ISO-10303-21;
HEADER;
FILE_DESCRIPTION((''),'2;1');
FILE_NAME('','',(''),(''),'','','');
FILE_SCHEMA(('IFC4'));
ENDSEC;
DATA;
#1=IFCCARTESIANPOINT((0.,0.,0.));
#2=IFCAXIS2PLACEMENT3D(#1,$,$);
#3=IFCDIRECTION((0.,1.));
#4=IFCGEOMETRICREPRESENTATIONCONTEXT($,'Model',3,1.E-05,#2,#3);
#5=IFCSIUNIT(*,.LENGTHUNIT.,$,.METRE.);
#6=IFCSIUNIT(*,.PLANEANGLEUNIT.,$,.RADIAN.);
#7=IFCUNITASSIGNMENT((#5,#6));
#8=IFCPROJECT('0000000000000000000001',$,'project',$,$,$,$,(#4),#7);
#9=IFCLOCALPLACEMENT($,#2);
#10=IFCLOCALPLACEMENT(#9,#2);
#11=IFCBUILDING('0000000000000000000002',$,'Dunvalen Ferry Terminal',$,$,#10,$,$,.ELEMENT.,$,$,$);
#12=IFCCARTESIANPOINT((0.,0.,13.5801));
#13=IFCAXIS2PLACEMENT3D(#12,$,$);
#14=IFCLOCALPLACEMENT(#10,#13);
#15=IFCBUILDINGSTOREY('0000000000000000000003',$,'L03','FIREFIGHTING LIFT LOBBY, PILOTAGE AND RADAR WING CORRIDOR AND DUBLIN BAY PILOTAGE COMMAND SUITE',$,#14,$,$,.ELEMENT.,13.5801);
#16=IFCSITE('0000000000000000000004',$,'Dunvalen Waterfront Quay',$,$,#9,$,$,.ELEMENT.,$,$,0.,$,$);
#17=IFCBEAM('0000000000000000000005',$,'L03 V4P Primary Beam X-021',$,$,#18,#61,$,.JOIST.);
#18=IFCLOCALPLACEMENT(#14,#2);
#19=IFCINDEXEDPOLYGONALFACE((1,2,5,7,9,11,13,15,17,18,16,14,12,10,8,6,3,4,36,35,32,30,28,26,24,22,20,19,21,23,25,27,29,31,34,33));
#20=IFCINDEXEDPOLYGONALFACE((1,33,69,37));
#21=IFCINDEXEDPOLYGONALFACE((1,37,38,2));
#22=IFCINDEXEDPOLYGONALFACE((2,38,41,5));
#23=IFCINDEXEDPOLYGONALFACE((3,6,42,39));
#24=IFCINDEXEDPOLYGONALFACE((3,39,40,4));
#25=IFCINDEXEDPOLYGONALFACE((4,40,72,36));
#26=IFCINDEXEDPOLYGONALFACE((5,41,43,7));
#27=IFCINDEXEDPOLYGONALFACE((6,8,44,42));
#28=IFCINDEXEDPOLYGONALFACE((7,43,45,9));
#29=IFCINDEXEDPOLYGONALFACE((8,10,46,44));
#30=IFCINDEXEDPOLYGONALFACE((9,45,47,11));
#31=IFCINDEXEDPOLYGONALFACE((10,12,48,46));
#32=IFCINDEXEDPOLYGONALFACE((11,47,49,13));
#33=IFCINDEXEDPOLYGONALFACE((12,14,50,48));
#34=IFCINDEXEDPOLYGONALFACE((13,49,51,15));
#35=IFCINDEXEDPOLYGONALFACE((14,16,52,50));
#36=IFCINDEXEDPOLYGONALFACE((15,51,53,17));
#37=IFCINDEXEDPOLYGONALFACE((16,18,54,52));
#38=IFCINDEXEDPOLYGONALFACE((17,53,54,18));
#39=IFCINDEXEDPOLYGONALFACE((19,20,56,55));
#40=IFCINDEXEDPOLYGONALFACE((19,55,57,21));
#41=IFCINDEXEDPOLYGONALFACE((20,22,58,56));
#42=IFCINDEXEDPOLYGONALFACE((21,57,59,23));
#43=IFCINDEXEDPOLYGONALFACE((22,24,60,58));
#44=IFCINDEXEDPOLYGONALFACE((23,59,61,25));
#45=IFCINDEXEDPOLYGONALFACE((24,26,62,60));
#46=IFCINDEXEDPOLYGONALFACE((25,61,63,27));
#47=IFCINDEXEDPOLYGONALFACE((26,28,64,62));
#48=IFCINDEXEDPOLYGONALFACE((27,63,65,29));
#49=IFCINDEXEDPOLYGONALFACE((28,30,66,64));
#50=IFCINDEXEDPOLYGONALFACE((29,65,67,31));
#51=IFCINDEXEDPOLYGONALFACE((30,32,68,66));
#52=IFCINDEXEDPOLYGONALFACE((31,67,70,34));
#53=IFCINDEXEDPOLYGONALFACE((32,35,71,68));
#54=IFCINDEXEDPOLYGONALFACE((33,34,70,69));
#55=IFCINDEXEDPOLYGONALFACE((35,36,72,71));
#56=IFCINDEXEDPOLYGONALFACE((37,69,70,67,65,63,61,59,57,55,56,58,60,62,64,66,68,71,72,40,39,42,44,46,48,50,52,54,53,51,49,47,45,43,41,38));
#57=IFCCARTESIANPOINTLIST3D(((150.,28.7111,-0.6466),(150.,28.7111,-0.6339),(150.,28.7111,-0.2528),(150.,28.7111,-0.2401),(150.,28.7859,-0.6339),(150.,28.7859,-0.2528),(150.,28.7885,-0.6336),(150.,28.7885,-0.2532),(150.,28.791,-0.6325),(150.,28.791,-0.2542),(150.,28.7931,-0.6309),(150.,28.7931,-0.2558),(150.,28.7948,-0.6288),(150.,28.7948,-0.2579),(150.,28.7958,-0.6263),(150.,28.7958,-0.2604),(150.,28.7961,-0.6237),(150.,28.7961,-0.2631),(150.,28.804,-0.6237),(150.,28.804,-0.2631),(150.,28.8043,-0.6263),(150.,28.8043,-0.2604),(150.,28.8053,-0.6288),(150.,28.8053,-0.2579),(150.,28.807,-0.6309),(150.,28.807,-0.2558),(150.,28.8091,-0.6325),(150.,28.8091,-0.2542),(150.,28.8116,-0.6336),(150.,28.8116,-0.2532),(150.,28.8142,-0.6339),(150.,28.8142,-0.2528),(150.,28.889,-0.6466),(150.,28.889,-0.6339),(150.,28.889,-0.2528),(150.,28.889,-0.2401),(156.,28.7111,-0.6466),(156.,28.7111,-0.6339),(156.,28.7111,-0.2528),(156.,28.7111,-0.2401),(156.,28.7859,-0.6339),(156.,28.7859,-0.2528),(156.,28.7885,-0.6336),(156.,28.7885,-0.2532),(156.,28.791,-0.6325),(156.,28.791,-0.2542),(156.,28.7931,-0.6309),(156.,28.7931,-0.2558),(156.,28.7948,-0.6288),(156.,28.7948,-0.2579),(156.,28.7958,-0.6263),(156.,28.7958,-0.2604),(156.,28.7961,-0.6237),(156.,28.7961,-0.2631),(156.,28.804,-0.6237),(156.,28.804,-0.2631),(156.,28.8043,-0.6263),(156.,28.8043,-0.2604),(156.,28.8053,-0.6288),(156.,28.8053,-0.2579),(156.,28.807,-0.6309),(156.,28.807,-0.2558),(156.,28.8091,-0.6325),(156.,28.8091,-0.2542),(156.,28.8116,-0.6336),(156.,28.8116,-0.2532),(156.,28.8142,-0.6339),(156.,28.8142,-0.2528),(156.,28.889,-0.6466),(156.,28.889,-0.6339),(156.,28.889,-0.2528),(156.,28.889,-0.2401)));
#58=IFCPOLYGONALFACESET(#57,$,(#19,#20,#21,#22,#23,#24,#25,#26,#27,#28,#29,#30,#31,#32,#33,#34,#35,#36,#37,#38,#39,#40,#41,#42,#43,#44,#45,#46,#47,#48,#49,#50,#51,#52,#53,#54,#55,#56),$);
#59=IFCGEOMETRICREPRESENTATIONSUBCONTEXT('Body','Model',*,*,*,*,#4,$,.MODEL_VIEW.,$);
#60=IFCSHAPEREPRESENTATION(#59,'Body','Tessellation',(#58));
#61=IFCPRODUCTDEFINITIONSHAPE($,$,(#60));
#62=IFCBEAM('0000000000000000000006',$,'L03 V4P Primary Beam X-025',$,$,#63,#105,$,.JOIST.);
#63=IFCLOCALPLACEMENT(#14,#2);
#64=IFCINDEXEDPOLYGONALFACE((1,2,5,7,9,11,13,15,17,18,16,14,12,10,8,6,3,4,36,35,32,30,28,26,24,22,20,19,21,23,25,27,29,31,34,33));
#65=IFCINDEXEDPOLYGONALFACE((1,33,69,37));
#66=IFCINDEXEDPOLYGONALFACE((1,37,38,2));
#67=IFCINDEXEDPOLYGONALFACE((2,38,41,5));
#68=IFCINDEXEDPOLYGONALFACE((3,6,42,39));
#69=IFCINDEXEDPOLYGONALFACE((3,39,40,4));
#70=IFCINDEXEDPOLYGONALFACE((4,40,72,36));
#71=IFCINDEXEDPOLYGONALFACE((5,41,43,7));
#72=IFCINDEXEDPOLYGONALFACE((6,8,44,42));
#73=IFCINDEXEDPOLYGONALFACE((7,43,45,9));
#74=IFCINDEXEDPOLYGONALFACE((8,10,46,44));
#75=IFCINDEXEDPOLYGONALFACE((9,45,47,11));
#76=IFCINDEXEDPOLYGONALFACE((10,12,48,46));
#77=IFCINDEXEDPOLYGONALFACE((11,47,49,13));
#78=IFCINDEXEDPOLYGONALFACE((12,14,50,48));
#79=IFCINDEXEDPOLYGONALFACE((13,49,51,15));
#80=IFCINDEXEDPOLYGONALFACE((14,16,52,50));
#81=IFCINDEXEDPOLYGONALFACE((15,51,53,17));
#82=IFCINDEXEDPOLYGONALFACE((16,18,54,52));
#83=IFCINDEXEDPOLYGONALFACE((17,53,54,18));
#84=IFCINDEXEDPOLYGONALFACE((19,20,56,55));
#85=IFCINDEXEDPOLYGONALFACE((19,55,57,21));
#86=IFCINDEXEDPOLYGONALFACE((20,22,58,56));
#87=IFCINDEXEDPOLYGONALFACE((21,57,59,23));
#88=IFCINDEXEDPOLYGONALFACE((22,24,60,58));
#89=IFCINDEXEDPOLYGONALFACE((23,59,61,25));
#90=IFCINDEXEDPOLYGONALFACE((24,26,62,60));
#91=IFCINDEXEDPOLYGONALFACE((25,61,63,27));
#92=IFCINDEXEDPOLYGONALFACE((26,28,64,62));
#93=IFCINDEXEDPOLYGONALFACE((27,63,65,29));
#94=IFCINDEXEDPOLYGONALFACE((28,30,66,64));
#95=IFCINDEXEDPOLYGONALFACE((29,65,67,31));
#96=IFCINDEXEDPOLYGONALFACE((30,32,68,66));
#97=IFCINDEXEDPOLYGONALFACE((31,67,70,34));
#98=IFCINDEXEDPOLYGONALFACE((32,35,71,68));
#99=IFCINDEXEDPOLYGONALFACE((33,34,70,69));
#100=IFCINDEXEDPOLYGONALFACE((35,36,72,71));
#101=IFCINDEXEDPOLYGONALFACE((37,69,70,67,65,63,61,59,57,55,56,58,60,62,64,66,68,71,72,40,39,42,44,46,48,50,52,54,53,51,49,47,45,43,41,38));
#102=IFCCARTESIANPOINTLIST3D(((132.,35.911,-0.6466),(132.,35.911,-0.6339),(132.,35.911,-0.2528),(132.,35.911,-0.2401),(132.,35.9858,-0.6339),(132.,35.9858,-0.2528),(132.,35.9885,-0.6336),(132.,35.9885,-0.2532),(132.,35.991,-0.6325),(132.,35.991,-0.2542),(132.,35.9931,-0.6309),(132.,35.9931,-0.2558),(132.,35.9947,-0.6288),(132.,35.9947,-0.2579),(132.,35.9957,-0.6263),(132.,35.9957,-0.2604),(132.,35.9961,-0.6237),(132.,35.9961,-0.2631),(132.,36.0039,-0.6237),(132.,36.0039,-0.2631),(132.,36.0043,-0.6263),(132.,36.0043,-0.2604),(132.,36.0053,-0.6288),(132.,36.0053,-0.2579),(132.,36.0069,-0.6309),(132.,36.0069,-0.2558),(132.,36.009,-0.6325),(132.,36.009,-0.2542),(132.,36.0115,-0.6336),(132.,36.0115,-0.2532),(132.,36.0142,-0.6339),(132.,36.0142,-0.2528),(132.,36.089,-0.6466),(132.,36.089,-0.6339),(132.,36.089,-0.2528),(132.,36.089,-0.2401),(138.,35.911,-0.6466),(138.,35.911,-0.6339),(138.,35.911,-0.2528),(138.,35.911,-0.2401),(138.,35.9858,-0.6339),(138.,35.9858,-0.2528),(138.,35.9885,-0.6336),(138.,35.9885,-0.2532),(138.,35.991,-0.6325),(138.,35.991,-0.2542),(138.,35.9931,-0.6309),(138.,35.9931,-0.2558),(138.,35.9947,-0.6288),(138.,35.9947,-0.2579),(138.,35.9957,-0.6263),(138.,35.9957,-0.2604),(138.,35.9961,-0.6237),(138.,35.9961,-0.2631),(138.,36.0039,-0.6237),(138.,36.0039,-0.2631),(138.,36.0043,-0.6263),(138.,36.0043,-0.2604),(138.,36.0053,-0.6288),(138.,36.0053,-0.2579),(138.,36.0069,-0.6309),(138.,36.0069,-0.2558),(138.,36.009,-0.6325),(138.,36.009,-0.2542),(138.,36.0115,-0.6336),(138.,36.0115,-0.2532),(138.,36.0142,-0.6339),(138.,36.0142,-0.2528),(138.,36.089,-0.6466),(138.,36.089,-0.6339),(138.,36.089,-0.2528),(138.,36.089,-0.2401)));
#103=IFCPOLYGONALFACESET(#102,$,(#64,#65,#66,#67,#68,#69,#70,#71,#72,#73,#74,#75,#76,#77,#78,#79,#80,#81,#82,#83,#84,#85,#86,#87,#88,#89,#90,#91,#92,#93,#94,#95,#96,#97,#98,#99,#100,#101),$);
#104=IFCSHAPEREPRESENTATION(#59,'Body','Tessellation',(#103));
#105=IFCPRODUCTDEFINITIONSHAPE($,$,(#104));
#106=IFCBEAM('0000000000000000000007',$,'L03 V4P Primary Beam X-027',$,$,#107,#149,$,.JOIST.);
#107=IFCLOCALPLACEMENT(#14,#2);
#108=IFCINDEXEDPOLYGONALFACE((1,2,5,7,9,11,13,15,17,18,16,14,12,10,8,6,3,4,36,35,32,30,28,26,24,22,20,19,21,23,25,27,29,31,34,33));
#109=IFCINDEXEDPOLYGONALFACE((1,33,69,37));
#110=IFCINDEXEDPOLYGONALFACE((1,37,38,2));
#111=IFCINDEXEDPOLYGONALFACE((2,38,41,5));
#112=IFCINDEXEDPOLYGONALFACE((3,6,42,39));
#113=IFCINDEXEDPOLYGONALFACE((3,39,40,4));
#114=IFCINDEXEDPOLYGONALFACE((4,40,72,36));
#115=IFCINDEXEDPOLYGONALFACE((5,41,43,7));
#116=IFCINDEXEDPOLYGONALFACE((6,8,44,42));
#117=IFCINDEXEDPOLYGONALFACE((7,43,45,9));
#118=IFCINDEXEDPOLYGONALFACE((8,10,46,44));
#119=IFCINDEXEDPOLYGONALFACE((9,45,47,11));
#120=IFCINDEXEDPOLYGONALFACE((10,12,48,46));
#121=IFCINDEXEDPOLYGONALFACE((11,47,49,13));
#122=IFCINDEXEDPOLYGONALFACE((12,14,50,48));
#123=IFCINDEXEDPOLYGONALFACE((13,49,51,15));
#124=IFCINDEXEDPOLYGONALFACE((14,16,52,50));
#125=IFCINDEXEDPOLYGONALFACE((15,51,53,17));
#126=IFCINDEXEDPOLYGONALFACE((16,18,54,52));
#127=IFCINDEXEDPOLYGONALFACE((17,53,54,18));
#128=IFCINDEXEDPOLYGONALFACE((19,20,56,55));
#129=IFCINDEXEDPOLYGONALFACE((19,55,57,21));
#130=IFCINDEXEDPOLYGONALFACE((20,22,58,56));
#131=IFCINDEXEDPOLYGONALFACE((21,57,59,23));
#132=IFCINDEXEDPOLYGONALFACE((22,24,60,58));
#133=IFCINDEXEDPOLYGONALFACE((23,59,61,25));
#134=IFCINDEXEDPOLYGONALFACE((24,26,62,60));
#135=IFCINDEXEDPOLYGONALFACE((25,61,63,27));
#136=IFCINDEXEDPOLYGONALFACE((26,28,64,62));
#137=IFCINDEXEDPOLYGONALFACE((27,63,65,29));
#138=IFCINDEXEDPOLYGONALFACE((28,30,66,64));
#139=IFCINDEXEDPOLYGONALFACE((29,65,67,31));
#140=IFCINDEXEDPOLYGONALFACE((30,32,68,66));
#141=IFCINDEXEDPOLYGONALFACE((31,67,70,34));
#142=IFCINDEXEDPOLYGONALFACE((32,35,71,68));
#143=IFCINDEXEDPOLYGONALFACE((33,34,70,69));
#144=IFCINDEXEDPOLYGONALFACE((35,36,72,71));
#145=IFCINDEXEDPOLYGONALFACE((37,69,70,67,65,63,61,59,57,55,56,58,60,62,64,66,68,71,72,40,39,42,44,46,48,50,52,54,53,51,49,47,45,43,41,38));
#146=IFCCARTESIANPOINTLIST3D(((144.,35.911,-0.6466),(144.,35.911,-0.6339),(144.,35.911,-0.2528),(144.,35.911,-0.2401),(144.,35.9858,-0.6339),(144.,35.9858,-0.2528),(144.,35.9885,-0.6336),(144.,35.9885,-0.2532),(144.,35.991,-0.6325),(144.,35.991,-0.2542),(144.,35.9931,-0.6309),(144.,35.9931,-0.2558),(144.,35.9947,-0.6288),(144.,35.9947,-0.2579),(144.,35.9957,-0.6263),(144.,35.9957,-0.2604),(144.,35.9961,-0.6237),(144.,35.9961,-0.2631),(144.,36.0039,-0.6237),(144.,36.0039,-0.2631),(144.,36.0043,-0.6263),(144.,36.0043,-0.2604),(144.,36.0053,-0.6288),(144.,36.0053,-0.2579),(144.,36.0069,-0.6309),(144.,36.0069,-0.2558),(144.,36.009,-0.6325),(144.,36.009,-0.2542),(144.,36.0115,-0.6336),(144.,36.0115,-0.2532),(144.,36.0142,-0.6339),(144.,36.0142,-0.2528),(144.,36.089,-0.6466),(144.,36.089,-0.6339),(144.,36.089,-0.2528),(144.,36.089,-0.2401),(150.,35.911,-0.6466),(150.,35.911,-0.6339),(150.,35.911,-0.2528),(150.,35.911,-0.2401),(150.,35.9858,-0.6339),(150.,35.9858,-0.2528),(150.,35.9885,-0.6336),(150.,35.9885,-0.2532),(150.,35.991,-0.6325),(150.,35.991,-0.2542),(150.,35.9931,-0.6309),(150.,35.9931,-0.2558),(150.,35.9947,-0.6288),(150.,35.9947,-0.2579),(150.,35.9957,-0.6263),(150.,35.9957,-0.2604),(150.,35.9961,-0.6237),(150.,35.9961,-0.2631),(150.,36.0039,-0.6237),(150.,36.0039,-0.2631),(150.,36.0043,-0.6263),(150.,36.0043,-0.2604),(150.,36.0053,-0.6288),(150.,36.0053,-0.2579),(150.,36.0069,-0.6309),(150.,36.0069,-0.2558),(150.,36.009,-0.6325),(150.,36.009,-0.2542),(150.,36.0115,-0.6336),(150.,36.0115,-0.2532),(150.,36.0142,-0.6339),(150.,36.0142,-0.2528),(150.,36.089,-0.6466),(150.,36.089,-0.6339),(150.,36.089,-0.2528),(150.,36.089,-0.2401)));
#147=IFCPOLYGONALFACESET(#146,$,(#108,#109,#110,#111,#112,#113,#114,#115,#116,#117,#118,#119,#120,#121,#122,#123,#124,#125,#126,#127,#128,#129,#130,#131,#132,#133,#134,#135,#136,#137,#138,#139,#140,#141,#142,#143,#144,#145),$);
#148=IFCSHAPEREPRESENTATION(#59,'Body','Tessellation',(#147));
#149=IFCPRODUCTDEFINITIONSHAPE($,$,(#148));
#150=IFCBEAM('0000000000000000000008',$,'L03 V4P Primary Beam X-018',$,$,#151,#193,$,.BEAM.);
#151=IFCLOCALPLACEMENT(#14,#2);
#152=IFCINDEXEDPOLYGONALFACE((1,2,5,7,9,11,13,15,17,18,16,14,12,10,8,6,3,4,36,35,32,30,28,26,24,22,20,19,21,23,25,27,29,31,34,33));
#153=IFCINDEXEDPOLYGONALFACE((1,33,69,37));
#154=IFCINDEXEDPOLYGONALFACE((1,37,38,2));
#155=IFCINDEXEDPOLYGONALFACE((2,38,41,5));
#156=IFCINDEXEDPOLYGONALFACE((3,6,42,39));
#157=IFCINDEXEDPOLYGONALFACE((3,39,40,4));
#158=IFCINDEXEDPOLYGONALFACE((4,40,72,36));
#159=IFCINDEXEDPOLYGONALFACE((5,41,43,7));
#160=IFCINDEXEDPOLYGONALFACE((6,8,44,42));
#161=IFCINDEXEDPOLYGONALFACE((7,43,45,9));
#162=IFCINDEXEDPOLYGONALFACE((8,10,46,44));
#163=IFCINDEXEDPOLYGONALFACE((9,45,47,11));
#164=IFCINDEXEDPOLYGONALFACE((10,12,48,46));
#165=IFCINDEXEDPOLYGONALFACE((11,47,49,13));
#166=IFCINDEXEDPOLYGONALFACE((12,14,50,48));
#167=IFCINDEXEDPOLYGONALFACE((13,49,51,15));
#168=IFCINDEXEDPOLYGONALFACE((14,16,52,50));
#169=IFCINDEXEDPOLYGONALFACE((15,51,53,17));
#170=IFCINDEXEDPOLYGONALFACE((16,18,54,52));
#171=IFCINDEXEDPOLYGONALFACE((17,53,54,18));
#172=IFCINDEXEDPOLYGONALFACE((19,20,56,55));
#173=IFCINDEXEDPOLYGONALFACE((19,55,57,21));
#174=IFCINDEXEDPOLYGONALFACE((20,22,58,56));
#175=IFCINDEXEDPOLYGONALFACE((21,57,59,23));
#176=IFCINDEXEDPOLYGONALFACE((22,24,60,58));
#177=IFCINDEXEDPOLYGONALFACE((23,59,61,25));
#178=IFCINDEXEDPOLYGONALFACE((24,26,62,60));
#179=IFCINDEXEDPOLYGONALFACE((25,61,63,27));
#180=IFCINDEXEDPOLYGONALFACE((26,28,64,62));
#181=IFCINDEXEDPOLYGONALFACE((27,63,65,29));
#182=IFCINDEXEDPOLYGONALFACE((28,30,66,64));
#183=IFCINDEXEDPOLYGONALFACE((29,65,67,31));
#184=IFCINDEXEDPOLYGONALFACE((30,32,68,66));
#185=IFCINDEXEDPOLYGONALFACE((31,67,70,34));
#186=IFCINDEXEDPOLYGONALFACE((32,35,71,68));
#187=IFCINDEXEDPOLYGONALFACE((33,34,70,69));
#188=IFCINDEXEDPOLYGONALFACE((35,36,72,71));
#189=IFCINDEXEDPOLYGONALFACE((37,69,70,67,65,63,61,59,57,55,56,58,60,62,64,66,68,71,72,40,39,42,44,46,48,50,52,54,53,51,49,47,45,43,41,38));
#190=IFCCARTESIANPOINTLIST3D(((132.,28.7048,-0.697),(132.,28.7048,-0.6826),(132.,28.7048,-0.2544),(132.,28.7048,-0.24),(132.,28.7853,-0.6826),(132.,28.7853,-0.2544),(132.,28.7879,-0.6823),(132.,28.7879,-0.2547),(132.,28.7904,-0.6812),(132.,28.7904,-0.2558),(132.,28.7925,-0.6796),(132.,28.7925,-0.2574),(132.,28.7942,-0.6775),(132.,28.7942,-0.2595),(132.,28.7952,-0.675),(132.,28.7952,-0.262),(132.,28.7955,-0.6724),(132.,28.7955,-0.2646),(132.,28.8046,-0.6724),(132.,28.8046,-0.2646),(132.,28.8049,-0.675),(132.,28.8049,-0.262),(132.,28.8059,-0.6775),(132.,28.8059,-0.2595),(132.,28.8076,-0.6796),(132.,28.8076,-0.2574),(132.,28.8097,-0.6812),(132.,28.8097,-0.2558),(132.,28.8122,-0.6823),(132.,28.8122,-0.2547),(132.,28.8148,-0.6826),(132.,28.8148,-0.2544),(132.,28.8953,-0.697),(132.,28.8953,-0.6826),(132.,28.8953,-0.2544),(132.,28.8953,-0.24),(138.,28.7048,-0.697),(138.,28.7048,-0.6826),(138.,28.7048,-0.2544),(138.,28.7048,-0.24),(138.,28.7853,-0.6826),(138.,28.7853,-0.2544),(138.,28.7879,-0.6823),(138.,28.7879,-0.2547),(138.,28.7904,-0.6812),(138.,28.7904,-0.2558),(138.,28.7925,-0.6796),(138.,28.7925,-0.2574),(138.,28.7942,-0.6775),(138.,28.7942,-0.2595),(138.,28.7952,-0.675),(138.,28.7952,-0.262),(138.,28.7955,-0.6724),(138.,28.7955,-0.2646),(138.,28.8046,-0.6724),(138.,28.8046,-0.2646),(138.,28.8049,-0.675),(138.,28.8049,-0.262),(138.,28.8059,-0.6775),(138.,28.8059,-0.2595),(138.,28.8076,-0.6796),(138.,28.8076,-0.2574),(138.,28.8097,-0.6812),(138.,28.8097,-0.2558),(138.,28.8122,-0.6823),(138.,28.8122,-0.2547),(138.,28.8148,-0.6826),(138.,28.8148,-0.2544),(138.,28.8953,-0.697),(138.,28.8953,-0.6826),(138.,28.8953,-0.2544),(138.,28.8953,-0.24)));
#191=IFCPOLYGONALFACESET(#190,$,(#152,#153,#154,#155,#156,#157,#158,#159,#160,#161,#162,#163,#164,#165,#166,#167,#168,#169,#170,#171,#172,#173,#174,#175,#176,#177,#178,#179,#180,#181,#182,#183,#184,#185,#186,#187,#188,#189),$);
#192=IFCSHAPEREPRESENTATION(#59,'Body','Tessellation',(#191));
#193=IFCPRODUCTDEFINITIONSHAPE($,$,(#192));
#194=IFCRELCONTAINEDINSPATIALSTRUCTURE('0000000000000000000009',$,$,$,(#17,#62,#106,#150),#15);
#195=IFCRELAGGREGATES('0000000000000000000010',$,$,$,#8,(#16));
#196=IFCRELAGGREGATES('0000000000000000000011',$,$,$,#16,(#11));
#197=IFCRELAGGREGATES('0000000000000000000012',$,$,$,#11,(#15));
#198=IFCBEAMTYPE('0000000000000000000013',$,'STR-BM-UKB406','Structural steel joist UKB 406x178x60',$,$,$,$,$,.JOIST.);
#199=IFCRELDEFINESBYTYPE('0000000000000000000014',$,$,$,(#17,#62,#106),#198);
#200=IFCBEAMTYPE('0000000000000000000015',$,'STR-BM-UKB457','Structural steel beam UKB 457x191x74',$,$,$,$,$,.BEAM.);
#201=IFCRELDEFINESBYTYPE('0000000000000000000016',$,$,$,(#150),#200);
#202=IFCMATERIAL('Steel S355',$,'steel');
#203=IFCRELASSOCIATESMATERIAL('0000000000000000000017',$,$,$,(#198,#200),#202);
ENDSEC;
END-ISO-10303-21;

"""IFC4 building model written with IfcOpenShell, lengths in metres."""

from ifc_helpers import new_model, si_unit, direction, frame, origin, origin_2d, place, context, subcontext, project, spatial, i_section, extrude, material, material_profile, profile_set, type_object, element, save


model = new_model("IFC4")

# Units and contexts
model_context = context("Model", 3, precision=1e-05, world=origin(), true_north=direction((0.0, 1.0)))
body_context = subcontext(model_context, "Body", "Model", "MODEL_VIEW")
ifc_project = project(units=[si_unit("LENGTHUNIT", "METRE"), si_unit("PLANEANGLEUNIT", "RADIAN")], contexts=[model_context])

# Site, building, storey
site_placement = place(None, origin())
site = spatial("IfcSite", under=ifc_project, at=site_placement, Name="Dunvalen Waterfront Quay", CompositionType="ELEMENT", RefElevation=0.0)
building_placement = place(site_placement, origin())
building = spatial("IfcBuilding", under=site, at=building_placement, Name="Dunvalen Ferry Terminal", CompositionType="ELEMENT")
storey_placement = place(building_placement, frame((0.0, 0.0, 13.5801)))
storey = spatial("IfcBuildingStorey", under=building, at=storey_placement, Name="L03", Description="FIREFIGHTING LIFT LOBBY, PILOTAGE AND RADAR WING CORRIDOR AND DUBLIN BAY PILOTAGE COMMAND SUITE", CompositionType="ELEMENT", Elevation=13.5801)

# Beams
ifc_material_1 = material(Name="Steel S355", Category="steel")
ifc_material_profile_1 = material_profile(ifc_material_1, i_section(OverallWidth=0.178, OverallDepth=0.4065, WebThickness=0.0078, FlangeThickness=0.0127, FilletRadius=0.0103, at=origin_2d()), Name="Steel S355")
ifc_profile_set_1 = profile_set([ifc_material_profile_1], Name="Steel S355")
beam_type_1 = type_object("IfcBeamType", Name="STR-BM-UKB406", Description="Structural steel joist UKB 406x178x60", PredefinedType="JOIST", material=ifc_profile_set_1)
for number, where, z_axis, x_axis, name in (
    (1, (150.0, 28.8, -0.4434), (1.0, 0.0, 0.0), (0.0, 1.0, 0.0), "L03 V4P Primary Beam X-021"),
    (2, (132.0, 36.0, -0.4434), (1.0, 0.0, 0.0), (0.0, 1.0, 0.0), "L03 V4P Primary Beam X-025"),
    (3, (144.0, 36.0, -0.4434), (1.0, 0.0, 0.0), (0.0, 1.0, 0.0), "L03 V4P Primary Beam X-027"),
):
    element("IfcBeam", number, at=place(storey_placement, frame(where, z_axis=z_axis, x_axis=x_axis)), inside=storey, type_object=beam_type_1, Name=name, PredefinedType="JOIST", context=body_context, shape_type="SweptSolid", body=[
        extrude(i_section(OverallWidth=0.178, OverallDepth=0.4065, WebThickness=0.0078, FlangeThickness=0.0127, FilletRadius=0.0103, at=origin_2d()), origin(), (0.0, 0.0, 1.0), 6.0),
    ])
ifc_material_profile_2 = material_profile(ifc_material_1, i_section(OverallWidth=0.1904, OverallDepth=0.457, WebThickness=0.009, FlangeThickness=0.0144, FilletRadius=0.0103, at=origin_2d()), Name="Steel S355")
ifc_profile_set_2 = profile_set([ifc_material_profile_2], Name="Steel S355")
beam_type_2 = type_object("IfcBeamType", Name="STR-BM-UKB457", Description="Structural steel beam UKB 457x191x74", PredefinedType="BEAM", material=ifc_profile_set_2)
for number, where, z_axis, x_axis, name in (
    (4, (132.0, 28.8, -0.4685), (1.0, 0.0, 0.0), (0.0, 1.0, 0.0), "L03 V4P Primary Beam X-018"),
):
    element("IfcBeam", number, at=place(storey_placement, frame(where, z_axis=z_axis, x_axis=x_axis)), inside=storey, type_object=beam_type_2, Name=name, PredefinedType="BEAM", context=body_context, shape_type="SweptSolid", body=[
        extrude(i_section(OverallWidth=0.1904, OverallDepth=0.457, WebThickness=0.009, FlangeThickness=0.0144, FilletRadius=0.0103, at=origin_2d()), origin(), (0.0, 0.0, 1.0), 6.0),
    ])

save(model, "model.ifc")
